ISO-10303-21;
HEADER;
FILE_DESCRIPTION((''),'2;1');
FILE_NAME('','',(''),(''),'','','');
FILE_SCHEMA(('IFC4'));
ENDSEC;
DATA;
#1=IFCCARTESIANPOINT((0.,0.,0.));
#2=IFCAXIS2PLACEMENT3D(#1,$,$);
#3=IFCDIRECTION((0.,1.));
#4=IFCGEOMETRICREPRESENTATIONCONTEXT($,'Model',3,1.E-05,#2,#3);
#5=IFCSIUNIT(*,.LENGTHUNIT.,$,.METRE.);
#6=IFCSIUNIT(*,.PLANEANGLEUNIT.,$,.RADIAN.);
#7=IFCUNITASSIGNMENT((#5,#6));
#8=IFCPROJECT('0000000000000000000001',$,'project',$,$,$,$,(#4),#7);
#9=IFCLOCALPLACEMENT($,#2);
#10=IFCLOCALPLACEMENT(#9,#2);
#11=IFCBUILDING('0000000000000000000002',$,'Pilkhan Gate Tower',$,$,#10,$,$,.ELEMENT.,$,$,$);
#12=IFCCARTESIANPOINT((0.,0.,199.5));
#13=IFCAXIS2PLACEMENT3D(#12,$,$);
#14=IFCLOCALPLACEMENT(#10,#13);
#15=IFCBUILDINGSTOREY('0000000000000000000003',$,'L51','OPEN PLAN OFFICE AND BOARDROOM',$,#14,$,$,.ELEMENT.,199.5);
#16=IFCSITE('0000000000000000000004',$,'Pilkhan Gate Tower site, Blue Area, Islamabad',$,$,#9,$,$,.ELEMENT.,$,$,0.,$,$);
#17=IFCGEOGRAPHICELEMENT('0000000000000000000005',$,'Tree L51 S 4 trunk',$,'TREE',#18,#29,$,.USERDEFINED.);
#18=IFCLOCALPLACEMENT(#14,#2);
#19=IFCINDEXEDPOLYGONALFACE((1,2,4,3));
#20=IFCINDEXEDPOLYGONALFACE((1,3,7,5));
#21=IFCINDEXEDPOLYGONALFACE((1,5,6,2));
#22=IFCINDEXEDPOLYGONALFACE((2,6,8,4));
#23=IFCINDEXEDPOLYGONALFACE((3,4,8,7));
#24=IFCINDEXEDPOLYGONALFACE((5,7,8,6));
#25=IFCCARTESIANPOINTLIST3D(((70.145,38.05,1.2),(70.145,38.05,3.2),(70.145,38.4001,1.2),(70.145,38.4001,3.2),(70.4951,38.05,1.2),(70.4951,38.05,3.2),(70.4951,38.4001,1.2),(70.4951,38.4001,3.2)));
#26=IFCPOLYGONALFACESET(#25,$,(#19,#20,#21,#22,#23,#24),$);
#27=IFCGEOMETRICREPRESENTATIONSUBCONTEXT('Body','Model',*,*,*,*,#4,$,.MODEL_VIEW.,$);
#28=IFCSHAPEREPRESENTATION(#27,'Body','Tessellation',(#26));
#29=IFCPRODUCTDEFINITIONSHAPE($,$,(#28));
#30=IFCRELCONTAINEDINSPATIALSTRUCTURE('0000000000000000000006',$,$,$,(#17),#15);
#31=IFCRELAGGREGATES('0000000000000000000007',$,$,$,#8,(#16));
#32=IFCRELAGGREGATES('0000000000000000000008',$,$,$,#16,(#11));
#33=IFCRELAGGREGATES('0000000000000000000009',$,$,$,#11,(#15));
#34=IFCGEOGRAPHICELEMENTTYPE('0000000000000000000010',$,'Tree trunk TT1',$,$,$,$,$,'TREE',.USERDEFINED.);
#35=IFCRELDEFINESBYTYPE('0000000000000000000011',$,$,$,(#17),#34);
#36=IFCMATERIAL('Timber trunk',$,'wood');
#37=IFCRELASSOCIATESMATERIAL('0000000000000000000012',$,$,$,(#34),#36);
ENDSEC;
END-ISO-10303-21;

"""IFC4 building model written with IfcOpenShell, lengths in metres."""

from ifc_helpers import new_model, si_unit, direction, frame, origin, origin_2d, place, context, subcontext, project, spatial, rectangle, extrude, material, type_object, element, save


model = new_model("IFC4")

# Units and contexts
model_context = context("Model", 3, precision=1e-05, world=origin(), true_north=direction((0.0, 1.0)))
body_context = subcontext(model_context, "Body", "Model", "MODEL_VIEW")
ifc_project = project(units=[si_unit("LENGTHUNIT", "METRE"), si_unit("PLANEANGLEUNIT", "RADIAN")], contexts=[model_context])

# Site, building, storey
site_placement = place(None, origin())
site = spatial("IfcSite", under=ifc_project, at=site_placement, Name="Pilkhan Gate Tower site, Blue Area, Islamabad", CompositionType="ELEMENT", RefElevation=0.0)
building_placement = place(site_placement, origin())
building = spatial("IfcBuilding", under=site, at=building_placement, Name="Pilkhan Gate Tower", CompositionType="ELEMENT")
storey_placement = place(building_placement, frame((0.0, 0.0, 199.5)))
storey = spatial("IfcBuildingStorey", under=building, at=storey_placement, Name="L51", Description="OPEN PLAN OFFICE AND BOARDROOM", CompositionType="ELEMENT", Elevation=199.5)

# Geographic element
ifc_material_1 = material(Name="Timber trunk", Category="wood")
geographic_element_type_1 = type_object("IfcGeographicElementType", Name="Tree trunk TT1", ElementType="TREE", PredefinedType="USERDEFINED", material=ifc_material_1)
for number, where, z_axis, x_axis, name in (
    (1, (70.3201, 38.2251, 1.2), (0.0, 0.0, 1.0), (1.0, 0.0, 0.0), "Tree L51 S 4 trunk"),
):
    element("IfcGeographicElement", number, at=place(storey_placement, frame(where, z_axis=z_axis, x_axis=x_axis)), inside=storey, type_object=geographic_element_type_1, Name=name, ObjectType="TREE", PredefinedType="USERDEFINED", context=body_context, shape_type="SweptSolid", body=[
        extrude(rectangle(XDim=0.3501, YDim=0.3501, at=origin_2d()), origin(), (0.0, 0.0, 1.0), 2.0),
    ])

save(model, "model.ifc")
